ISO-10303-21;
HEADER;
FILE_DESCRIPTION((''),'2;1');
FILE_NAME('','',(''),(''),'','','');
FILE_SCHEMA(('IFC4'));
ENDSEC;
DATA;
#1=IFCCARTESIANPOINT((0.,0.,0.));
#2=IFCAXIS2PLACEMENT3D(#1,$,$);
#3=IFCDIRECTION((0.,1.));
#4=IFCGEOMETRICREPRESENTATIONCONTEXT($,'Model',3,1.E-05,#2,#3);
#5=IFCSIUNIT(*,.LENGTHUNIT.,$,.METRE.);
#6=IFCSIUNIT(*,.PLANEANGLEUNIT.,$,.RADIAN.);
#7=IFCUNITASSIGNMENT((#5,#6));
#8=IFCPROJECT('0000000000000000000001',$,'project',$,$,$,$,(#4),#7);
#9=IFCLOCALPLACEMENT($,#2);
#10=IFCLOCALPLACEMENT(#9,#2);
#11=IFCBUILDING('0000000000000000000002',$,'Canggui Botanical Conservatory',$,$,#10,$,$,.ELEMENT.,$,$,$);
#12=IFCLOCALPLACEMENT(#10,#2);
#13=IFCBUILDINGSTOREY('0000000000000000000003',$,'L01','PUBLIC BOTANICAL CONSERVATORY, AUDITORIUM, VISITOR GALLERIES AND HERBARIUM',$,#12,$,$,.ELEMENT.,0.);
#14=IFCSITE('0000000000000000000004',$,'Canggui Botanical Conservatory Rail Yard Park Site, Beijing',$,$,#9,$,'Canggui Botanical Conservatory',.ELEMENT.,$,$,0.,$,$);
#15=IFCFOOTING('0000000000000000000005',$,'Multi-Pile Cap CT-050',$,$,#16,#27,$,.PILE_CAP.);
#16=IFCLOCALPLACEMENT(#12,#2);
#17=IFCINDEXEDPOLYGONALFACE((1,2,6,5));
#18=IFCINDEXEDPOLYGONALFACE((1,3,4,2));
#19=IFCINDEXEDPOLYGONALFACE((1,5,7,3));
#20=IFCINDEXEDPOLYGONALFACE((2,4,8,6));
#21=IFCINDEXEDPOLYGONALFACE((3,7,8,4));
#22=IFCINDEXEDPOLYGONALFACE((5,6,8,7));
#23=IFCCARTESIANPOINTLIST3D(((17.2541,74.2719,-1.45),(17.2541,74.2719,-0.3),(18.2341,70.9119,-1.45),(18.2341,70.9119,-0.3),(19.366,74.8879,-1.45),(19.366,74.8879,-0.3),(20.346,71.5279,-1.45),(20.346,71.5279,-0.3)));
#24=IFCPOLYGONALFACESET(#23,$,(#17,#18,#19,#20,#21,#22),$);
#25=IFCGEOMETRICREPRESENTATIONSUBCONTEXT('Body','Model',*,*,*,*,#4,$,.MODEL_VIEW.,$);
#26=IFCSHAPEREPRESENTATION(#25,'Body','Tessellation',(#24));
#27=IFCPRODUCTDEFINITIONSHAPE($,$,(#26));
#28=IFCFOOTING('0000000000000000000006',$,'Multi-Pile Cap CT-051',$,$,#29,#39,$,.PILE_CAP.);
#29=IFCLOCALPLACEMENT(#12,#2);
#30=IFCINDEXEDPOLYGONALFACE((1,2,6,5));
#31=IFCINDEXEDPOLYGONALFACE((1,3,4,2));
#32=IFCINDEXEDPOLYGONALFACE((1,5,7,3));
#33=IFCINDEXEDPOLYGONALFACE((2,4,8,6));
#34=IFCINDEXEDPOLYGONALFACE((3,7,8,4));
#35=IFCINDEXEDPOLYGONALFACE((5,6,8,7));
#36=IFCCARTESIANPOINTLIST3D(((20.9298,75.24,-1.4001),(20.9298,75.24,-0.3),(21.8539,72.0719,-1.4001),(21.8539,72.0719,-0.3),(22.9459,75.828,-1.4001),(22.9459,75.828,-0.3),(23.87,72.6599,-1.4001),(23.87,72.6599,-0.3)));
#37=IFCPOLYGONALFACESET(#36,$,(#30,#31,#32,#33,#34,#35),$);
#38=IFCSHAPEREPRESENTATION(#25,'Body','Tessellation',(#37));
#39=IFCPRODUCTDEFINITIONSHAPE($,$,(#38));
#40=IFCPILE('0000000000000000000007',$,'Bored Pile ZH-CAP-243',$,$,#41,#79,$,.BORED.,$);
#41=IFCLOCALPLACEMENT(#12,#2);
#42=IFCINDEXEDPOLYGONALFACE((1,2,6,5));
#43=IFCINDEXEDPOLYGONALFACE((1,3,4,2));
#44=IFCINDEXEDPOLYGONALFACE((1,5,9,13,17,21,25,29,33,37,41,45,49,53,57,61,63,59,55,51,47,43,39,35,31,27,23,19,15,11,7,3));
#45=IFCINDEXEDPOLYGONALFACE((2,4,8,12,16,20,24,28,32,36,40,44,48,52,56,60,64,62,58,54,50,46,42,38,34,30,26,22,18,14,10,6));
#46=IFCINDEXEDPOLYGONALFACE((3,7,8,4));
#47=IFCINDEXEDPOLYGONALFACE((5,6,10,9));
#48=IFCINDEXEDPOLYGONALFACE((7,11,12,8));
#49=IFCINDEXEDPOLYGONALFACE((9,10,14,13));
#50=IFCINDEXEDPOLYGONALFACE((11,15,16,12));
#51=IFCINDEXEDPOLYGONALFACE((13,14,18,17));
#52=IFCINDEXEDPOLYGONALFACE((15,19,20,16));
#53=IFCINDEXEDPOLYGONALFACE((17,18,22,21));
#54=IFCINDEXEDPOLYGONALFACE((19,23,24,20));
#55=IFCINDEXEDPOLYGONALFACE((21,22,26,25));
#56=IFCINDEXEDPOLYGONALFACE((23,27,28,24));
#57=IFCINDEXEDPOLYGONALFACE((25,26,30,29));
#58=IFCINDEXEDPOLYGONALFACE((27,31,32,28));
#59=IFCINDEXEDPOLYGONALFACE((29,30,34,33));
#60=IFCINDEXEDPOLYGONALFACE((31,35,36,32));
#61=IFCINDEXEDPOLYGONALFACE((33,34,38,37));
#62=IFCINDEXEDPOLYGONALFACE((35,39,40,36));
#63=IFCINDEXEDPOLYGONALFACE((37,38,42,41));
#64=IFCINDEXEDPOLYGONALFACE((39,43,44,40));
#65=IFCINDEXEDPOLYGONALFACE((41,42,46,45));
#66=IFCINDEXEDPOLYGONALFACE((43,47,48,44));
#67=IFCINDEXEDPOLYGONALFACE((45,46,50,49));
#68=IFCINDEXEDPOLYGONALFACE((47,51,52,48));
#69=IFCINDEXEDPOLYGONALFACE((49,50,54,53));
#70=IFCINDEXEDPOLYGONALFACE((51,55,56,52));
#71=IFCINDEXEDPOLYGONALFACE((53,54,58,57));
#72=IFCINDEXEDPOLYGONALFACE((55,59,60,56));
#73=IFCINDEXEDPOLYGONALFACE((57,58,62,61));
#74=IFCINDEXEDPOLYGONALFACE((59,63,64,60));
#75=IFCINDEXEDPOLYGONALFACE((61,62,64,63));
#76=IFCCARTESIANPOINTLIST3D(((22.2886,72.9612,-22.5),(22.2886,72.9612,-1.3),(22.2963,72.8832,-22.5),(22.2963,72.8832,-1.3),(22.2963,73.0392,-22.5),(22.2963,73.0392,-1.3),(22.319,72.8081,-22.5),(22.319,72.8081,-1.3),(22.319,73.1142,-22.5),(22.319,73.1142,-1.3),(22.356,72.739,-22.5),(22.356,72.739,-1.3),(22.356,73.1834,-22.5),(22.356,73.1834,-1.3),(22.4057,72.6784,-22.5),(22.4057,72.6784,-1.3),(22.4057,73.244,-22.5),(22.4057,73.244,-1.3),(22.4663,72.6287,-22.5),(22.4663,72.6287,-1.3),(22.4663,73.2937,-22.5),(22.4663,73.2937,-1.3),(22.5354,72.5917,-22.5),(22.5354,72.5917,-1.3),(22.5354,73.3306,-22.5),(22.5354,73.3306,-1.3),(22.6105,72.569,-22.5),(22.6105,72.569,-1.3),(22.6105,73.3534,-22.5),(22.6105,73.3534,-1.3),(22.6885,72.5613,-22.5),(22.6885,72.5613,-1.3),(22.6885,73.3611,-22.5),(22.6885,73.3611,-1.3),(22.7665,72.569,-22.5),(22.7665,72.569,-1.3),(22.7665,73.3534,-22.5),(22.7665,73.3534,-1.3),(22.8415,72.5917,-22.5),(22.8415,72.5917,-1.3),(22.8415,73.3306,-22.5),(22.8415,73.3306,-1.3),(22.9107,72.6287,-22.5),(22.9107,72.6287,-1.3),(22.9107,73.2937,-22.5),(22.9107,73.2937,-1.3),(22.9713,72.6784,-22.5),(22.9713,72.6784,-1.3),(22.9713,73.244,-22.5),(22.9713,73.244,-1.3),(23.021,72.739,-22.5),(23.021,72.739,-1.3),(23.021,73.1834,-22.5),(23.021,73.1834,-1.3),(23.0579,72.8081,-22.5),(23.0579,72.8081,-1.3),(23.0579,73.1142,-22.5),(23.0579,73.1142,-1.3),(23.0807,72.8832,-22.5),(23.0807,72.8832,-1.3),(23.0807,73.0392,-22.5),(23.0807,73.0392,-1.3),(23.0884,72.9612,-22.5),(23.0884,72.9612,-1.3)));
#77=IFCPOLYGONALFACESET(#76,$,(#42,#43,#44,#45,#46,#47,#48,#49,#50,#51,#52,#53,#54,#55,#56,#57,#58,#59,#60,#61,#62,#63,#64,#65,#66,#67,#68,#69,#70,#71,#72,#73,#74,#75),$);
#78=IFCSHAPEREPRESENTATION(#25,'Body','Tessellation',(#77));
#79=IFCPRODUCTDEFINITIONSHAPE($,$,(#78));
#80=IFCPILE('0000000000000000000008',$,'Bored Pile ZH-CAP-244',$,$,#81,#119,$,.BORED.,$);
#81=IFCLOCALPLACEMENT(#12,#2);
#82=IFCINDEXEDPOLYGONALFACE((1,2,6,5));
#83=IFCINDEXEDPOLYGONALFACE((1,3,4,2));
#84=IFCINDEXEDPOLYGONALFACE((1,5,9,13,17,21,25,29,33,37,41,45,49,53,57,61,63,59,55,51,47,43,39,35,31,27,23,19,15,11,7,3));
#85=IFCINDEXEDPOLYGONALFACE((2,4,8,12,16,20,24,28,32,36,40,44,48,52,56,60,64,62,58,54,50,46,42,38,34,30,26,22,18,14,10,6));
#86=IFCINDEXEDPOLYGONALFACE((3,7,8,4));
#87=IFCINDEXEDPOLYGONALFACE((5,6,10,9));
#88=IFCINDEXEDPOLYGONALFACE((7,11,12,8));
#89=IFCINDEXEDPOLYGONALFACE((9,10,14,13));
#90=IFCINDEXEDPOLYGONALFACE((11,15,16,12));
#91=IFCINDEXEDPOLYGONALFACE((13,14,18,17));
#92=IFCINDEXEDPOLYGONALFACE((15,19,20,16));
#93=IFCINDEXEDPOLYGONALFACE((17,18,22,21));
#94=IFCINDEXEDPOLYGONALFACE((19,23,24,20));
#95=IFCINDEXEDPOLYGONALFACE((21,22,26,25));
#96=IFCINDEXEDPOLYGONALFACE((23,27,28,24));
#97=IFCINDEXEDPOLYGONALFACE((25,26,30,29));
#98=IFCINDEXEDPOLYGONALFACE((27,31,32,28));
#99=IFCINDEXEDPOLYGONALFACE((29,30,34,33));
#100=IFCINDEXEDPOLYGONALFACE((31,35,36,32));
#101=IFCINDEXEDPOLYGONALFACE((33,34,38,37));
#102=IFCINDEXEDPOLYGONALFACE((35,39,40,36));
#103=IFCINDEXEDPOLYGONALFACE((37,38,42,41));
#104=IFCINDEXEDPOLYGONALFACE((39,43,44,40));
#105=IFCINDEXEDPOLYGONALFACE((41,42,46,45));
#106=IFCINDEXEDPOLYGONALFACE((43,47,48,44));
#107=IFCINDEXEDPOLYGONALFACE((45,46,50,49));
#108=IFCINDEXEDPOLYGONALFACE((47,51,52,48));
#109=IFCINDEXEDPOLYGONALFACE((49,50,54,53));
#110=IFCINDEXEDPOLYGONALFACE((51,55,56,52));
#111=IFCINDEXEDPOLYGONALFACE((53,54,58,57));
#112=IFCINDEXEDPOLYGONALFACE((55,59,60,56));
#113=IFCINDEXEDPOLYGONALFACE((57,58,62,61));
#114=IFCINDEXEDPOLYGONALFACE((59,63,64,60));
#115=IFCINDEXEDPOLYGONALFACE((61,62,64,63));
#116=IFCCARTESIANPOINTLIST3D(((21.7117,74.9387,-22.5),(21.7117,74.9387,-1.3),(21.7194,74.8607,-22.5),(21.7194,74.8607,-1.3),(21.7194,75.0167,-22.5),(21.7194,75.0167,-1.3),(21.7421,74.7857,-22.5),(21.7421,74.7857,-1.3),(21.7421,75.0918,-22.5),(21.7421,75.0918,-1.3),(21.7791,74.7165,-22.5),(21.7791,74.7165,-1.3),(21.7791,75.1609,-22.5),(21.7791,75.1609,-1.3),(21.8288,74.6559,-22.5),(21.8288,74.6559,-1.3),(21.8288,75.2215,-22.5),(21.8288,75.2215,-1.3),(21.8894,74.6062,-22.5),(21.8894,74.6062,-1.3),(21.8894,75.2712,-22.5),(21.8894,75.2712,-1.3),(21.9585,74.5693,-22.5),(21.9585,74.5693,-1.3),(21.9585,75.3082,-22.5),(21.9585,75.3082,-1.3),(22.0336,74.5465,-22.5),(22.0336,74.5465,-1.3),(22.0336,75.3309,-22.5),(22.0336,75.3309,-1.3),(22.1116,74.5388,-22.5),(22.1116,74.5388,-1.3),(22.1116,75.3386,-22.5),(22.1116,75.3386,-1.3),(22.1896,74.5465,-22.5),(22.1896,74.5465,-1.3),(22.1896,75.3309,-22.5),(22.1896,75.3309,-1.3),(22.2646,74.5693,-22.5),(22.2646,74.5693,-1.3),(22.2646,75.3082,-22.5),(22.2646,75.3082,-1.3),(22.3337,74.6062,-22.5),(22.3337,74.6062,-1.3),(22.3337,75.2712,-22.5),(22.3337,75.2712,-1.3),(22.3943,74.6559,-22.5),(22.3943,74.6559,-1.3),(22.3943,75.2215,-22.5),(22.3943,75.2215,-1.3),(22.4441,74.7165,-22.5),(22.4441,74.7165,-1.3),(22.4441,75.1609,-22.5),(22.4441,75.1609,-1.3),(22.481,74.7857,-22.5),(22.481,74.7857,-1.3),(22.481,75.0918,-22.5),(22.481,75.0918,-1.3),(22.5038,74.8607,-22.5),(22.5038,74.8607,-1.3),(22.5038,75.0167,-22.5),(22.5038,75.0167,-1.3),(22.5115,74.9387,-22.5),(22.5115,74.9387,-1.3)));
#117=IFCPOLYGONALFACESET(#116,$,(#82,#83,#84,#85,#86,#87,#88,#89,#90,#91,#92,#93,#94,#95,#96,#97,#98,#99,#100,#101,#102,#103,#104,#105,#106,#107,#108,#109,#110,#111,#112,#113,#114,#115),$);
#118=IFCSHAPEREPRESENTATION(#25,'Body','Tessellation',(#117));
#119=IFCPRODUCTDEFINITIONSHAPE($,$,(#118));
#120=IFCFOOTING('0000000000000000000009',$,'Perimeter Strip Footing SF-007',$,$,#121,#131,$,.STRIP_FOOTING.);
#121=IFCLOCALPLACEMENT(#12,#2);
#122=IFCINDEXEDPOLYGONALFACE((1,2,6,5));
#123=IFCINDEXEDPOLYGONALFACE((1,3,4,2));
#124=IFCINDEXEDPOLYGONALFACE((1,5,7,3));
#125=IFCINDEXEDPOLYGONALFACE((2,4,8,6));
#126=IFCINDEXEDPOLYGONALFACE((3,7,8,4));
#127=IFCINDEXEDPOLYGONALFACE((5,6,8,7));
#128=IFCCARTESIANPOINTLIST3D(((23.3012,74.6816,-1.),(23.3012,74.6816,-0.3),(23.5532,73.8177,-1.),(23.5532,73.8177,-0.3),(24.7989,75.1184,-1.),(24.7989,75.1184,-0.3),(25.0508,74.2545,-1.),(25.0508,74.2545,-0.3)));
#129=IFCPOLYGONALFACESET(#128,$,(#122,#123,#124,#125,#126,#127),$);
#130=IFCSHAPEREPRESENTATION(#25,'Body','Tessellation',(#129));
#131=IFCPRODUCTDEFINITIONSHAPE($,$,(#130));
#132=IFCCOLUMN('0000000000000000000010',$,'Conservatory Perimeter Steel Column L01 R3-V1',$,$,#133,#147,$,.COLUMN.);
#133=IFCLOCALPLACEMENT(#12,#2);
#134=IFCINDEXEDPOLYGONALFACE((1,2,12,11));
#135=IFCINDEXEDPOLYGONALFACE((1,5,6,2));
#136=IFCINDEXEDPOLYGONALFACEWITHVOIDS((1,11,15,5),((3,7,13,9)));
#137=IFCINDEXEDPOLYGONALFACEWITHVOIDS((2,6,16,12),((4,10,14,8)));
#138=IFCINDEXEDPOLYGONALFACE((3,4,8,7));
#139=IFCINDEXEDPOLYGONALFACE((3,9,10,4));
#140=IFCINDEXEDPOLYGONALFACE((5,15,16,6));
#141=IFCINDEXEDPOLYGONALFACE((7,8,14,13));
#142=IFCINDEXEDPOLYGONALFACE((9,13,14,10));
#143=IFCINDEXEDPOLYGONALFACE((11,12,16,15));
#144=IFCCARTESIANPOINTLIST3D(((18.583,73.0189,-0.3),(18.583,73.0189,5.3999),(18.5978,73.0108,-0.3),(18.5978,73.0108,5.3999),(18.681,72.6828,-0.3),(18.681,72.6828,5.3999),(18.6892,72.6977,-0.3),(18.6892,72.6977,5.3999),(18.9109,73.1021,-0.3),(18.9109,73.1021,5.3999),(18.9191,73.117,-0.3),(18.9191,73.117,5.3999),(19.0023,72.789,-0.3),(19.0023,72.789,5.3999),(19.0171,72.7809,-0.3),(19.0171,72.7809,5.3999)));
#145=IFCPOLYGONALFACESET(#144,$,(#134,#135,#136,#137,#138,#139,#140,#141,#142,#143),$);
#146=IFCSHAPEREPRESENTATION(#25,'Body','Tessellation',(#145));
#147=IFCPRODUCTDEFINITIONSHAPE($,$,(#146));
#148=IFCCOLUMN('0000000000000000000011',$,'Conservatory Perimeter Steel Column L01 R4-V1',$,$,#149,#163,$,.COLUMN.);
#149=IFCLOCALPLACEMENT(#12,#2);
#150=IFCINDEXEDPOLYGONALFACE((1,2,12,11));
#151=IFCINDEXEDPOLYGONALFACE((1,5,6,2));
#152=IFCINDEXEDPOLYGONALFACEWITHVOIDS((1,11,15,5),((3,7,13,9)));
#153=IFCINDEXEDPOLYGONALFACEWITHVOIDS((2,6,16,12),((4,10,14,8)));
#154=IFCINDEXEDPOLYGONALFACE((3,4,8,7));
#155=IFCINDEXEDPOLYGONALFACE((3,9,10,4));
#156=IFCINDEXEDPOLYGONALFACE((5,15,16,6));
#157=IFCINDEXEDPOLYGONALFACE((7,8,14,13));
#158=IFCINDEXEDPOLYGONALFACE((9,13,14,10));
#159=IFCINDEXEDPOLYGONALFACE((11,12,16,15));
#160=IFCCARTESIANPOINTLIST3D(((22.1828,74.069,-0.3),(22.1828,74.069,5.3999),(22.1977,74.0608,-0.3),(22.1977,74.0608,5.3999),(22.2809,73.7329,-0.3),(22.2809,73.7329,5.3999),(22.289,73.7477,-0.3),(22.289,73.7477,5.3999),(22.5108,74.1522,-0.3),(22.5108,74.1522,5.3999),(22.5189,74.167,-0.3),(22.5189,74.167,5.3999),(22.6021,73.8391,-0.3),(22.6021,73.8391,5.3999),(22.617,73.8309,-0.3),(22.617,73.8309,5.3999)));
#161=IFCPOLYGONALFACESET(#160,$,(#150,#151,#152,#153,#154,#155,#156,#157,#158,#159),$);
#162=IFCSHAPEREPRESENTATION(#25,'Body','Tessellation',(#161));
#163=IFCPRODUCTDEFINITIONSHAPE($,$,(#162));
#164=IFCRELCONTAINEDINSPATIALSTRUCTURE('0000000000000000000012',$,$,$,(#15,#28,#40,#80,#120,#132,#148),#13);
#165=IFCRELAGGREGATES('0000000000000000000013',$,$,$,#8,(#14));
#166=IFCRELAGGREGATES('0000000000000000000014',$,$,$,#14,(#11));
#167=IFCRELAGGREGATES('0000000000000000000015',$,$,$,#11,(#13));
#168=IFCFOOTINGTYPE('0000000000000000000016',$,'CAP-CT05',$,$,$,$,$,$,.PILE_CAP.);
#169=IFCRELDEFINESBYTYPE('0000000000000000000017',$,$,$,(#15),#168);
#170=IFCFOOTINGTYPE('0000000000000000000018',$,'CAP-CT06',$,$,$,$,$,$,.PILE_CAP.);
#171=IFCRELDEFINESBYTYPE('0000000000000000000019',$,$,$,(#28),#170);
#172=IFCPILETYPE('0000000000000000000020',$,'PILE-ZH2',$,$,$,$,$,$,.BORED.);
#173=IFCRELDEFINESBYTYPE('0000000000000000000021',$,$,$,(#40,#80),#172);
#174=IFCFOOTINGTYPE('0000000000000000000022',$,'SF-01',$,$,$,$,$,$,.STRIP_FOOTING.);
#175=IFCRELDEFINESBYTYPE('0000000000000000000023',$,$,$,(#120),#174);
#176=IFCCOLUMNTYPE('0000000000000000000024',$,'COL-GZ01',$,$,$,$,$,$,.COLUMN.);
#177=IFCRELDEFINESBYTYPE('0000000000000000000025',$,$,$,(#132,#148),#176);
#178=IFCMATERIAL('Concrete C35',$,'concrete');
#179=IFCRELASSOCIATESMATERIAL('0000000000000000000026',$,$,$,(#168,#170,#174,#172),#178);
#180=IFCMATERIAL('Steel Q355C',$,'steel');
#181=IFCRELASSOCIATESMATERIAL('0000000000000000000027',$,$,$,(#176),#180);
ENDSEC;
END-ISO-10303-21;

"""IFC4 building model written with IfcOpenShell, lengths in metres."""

from ifc_helpers import new_model, si_unit, direction, frame, origin, origin_2d, place, context, subcontext, project, spatial, rectangle, hollow_rectangle, circle, extrude, material, material_profile, profile_set, type_object, element, save


model = new_model("IFC4")

# Units and contexts
model_context = context("Model", 3, precision=1e-05, world=origin(), true_north=direction((0.0, 1.0)))
body_context = subcontext(model_context, "Body", "Model", "MODEL_VIEW")
ifc_project = project(units=[si_unit("LENGTHUNIT", "METRE"), si_unit("PLANEANGLEUNIT", "RADIAN")], contexts=[model_context])

# Site, building, storey
site_placement = place(None, origin())
site = spatial("IfcSite", under=ifc_project, at=site_placement, Name="Canggui Botanical Conservatory Rail Yard Park Site, Beijing", LongName="Canggui Botanical Conservatory", CompositionType="ELEMENT", RefElevation=0.0)
building_placement = place(site_placement, origin())
building = spatial("IfcBuilding", under=site, at=building_placement, Name="Canggui Botanical Conservatory", CompositionType="ELEMENT")
storey_placement = place(building_placement, origin())
storey = spatial("IfcBuildingStorey", under=building, at=storey_placement, Name="L01", Description="PUBLIC BOTANICAL CONSERVATORY, AUDITORIUM, VISITOR GALLERIES AND HERBARIUM", CompositionType="ELEMENT", Elevation=0.0)

# Footings
ifc_material_1 = material(Name="Concrete C35", Category="concrete")
footing_type_1 = type_object("IfcFootingType", Name="CAP-CT05", PredefinedType="PILE_CAP", material=ifc_material_1)
footing_1_placement = place(storey_placement, frame((18.8, 72.8999, -1.45), z_axis=(0.0, 0.0, 1.0), x_axis=(-0.28, 0.96, 0.0)))
element("IfcFooting", 1, at=footing_1_placement, inside=storey, type_object=footing_type_1, Name="Multi-Pile Cap CT-050", PredefinedType="PILE_CAP", context=body_context, shape_type="SweptSolid", body=[
    extrude(rectangle(XDim=3.5, YDim=2.2, at=origin_2d()), origin(), (0.0, 0.0, 1.0), 1.1499),
])
footing_type_2 = type_object("IfcFootingType", Name="CAP-CT06", PredefinedType="PILE_CAP", material=ifc_material_1)
footing_2_placement = place(storey_placement, frame((22.3999, 73.95, -1.4001), z_axis=(0.0, 0.0, 1.0), x_axis=(-0.28, 0.96, 0.0)))
element("IfcFooting", 2, at=footing_2_placement, inside=storey, type_object=footing_type_2, Name="Multi-Pile Cap CT-051", PredefinedType="PILE_CAP", context=body_context, shape_type="SweptSolid", body=[
    extrude(rectangle(XDim=3.3, YDim=2.1001, at=origin_2d()), origin(), (0.0, 0.0, 1.0), 1.1001),
])

# Piles
ifc_material_profile_1 = material_profile(ifc_material_1, circle(Radius=0.3999, at=origin_2d()), Name="PILE D800")
ifc_profile_set_1 = profile_set([ifc_material_profile_1], Name="Concrete C35")
pile_type = type_object("IfcPileType", Name="PILE-ZH2", PredefinedType="BORED", material=ifc_profile_set_1)
for number, where, z_axis, x_axis, name in (
    (3, (22.6885, 72.9612, -1.3), (0.0, 0.0, -1.0), (1.0, 0.0, 0.0), "Bored Pile ZH-CAP-243"),
    (4, (22.1116, 74.9387, -1.3), (0.0, 0.0, -1.0), (1.0, 0.0, 0.0), "Bored Pile ZH-CAP-244"),
):
    element("IfcPile", number, at=place(storey_placement, frame(where, z_axis=z_axis, x_axis=x_axis)), inside=storey, type_object=pile_type, Name=name, PredefinedType="BORED", context=body_context, shape_type="SweptSolid", body=[
        extrude(circle(Radius=0.3999, at=origin_2d()), origin(), (0.0, 0.0, 1.0), 21.2),
    ])

# Footing
footing_type_3 = type_object("IfcFootingType", Name="SF-01", PredefinedType="STRIP_FOOTING", material=ifc_material_1)
footing_3_placement = place(storey_placement, frame((24.176, 74.468, -1.0), z_axis=(0.0, 0.0, 1.0), x_axis=(0.96, 0.28, 0.0)))
element("IfcFooting", 5, at=footing_3_placement, inside=storey, type_object=footing_type_3, Name="Perimeter Strip Footing SF-007", PredefinedType="STRIP_FOOTING", context=body_context, shape_type="SweptSolid", body=[
    extrude(rectangle(XDim=1.5601, YDim=0.8999, at=origin_2d()), origin(), (0.0, 0.0, 1.0), 0.7),
])

# Columns
ifc_material_2 = material(Name="Steel Q355C", Category="steel")
ifc_material_profile_2 = material_profile(ifc_material_2, hollow_rectangle(XDim=0.3501, YDim=0.3501, WallThickness=0.012, at=origin_2d()), Name="SHS 350x350x12")
ifc_profile_set_2 = profile_set([ifc_material_profile_2], Name="Steel Q355C")
column_type = type_object("IfcColumnType", Name="COL-GZ01", PredefinedType="COLUMN", material=ifc_profile_set_2)
for number, where, z_axis, x_axis, name in (
    (6, (18.8, 72.8999, -0.3), (0.0, 0.0, 1.0), (0.96, 0.28, 0.0), "Conservatory Perimeter Steel Column L01 R3-V1"),
    (7, (22.3999, 73.95, -0.3), (0.0, 0.0, 1.0), (0.96, 0.28, 0.0), "Conservatory Perimeter Steel Column L01 R4-V1"),
):
    element("IfcColumn", number, at=place(storey_placement, frame(where, z_axis=z_axis, x_axis=x_axis)), inside=storey, type_object=column_type, Name=name, PredefinedType="COLUMN", context=body_context, shape_type="SweptSolid", body=[
        extrude(hollow_rectangle(XDim=0.3501, YDim=0.3501, WallThickness=0.012, at=origin_2d()), origin(), (0.0, 0.0, 1.0), 5.7),
    ])

save(model, "model.ifc")
